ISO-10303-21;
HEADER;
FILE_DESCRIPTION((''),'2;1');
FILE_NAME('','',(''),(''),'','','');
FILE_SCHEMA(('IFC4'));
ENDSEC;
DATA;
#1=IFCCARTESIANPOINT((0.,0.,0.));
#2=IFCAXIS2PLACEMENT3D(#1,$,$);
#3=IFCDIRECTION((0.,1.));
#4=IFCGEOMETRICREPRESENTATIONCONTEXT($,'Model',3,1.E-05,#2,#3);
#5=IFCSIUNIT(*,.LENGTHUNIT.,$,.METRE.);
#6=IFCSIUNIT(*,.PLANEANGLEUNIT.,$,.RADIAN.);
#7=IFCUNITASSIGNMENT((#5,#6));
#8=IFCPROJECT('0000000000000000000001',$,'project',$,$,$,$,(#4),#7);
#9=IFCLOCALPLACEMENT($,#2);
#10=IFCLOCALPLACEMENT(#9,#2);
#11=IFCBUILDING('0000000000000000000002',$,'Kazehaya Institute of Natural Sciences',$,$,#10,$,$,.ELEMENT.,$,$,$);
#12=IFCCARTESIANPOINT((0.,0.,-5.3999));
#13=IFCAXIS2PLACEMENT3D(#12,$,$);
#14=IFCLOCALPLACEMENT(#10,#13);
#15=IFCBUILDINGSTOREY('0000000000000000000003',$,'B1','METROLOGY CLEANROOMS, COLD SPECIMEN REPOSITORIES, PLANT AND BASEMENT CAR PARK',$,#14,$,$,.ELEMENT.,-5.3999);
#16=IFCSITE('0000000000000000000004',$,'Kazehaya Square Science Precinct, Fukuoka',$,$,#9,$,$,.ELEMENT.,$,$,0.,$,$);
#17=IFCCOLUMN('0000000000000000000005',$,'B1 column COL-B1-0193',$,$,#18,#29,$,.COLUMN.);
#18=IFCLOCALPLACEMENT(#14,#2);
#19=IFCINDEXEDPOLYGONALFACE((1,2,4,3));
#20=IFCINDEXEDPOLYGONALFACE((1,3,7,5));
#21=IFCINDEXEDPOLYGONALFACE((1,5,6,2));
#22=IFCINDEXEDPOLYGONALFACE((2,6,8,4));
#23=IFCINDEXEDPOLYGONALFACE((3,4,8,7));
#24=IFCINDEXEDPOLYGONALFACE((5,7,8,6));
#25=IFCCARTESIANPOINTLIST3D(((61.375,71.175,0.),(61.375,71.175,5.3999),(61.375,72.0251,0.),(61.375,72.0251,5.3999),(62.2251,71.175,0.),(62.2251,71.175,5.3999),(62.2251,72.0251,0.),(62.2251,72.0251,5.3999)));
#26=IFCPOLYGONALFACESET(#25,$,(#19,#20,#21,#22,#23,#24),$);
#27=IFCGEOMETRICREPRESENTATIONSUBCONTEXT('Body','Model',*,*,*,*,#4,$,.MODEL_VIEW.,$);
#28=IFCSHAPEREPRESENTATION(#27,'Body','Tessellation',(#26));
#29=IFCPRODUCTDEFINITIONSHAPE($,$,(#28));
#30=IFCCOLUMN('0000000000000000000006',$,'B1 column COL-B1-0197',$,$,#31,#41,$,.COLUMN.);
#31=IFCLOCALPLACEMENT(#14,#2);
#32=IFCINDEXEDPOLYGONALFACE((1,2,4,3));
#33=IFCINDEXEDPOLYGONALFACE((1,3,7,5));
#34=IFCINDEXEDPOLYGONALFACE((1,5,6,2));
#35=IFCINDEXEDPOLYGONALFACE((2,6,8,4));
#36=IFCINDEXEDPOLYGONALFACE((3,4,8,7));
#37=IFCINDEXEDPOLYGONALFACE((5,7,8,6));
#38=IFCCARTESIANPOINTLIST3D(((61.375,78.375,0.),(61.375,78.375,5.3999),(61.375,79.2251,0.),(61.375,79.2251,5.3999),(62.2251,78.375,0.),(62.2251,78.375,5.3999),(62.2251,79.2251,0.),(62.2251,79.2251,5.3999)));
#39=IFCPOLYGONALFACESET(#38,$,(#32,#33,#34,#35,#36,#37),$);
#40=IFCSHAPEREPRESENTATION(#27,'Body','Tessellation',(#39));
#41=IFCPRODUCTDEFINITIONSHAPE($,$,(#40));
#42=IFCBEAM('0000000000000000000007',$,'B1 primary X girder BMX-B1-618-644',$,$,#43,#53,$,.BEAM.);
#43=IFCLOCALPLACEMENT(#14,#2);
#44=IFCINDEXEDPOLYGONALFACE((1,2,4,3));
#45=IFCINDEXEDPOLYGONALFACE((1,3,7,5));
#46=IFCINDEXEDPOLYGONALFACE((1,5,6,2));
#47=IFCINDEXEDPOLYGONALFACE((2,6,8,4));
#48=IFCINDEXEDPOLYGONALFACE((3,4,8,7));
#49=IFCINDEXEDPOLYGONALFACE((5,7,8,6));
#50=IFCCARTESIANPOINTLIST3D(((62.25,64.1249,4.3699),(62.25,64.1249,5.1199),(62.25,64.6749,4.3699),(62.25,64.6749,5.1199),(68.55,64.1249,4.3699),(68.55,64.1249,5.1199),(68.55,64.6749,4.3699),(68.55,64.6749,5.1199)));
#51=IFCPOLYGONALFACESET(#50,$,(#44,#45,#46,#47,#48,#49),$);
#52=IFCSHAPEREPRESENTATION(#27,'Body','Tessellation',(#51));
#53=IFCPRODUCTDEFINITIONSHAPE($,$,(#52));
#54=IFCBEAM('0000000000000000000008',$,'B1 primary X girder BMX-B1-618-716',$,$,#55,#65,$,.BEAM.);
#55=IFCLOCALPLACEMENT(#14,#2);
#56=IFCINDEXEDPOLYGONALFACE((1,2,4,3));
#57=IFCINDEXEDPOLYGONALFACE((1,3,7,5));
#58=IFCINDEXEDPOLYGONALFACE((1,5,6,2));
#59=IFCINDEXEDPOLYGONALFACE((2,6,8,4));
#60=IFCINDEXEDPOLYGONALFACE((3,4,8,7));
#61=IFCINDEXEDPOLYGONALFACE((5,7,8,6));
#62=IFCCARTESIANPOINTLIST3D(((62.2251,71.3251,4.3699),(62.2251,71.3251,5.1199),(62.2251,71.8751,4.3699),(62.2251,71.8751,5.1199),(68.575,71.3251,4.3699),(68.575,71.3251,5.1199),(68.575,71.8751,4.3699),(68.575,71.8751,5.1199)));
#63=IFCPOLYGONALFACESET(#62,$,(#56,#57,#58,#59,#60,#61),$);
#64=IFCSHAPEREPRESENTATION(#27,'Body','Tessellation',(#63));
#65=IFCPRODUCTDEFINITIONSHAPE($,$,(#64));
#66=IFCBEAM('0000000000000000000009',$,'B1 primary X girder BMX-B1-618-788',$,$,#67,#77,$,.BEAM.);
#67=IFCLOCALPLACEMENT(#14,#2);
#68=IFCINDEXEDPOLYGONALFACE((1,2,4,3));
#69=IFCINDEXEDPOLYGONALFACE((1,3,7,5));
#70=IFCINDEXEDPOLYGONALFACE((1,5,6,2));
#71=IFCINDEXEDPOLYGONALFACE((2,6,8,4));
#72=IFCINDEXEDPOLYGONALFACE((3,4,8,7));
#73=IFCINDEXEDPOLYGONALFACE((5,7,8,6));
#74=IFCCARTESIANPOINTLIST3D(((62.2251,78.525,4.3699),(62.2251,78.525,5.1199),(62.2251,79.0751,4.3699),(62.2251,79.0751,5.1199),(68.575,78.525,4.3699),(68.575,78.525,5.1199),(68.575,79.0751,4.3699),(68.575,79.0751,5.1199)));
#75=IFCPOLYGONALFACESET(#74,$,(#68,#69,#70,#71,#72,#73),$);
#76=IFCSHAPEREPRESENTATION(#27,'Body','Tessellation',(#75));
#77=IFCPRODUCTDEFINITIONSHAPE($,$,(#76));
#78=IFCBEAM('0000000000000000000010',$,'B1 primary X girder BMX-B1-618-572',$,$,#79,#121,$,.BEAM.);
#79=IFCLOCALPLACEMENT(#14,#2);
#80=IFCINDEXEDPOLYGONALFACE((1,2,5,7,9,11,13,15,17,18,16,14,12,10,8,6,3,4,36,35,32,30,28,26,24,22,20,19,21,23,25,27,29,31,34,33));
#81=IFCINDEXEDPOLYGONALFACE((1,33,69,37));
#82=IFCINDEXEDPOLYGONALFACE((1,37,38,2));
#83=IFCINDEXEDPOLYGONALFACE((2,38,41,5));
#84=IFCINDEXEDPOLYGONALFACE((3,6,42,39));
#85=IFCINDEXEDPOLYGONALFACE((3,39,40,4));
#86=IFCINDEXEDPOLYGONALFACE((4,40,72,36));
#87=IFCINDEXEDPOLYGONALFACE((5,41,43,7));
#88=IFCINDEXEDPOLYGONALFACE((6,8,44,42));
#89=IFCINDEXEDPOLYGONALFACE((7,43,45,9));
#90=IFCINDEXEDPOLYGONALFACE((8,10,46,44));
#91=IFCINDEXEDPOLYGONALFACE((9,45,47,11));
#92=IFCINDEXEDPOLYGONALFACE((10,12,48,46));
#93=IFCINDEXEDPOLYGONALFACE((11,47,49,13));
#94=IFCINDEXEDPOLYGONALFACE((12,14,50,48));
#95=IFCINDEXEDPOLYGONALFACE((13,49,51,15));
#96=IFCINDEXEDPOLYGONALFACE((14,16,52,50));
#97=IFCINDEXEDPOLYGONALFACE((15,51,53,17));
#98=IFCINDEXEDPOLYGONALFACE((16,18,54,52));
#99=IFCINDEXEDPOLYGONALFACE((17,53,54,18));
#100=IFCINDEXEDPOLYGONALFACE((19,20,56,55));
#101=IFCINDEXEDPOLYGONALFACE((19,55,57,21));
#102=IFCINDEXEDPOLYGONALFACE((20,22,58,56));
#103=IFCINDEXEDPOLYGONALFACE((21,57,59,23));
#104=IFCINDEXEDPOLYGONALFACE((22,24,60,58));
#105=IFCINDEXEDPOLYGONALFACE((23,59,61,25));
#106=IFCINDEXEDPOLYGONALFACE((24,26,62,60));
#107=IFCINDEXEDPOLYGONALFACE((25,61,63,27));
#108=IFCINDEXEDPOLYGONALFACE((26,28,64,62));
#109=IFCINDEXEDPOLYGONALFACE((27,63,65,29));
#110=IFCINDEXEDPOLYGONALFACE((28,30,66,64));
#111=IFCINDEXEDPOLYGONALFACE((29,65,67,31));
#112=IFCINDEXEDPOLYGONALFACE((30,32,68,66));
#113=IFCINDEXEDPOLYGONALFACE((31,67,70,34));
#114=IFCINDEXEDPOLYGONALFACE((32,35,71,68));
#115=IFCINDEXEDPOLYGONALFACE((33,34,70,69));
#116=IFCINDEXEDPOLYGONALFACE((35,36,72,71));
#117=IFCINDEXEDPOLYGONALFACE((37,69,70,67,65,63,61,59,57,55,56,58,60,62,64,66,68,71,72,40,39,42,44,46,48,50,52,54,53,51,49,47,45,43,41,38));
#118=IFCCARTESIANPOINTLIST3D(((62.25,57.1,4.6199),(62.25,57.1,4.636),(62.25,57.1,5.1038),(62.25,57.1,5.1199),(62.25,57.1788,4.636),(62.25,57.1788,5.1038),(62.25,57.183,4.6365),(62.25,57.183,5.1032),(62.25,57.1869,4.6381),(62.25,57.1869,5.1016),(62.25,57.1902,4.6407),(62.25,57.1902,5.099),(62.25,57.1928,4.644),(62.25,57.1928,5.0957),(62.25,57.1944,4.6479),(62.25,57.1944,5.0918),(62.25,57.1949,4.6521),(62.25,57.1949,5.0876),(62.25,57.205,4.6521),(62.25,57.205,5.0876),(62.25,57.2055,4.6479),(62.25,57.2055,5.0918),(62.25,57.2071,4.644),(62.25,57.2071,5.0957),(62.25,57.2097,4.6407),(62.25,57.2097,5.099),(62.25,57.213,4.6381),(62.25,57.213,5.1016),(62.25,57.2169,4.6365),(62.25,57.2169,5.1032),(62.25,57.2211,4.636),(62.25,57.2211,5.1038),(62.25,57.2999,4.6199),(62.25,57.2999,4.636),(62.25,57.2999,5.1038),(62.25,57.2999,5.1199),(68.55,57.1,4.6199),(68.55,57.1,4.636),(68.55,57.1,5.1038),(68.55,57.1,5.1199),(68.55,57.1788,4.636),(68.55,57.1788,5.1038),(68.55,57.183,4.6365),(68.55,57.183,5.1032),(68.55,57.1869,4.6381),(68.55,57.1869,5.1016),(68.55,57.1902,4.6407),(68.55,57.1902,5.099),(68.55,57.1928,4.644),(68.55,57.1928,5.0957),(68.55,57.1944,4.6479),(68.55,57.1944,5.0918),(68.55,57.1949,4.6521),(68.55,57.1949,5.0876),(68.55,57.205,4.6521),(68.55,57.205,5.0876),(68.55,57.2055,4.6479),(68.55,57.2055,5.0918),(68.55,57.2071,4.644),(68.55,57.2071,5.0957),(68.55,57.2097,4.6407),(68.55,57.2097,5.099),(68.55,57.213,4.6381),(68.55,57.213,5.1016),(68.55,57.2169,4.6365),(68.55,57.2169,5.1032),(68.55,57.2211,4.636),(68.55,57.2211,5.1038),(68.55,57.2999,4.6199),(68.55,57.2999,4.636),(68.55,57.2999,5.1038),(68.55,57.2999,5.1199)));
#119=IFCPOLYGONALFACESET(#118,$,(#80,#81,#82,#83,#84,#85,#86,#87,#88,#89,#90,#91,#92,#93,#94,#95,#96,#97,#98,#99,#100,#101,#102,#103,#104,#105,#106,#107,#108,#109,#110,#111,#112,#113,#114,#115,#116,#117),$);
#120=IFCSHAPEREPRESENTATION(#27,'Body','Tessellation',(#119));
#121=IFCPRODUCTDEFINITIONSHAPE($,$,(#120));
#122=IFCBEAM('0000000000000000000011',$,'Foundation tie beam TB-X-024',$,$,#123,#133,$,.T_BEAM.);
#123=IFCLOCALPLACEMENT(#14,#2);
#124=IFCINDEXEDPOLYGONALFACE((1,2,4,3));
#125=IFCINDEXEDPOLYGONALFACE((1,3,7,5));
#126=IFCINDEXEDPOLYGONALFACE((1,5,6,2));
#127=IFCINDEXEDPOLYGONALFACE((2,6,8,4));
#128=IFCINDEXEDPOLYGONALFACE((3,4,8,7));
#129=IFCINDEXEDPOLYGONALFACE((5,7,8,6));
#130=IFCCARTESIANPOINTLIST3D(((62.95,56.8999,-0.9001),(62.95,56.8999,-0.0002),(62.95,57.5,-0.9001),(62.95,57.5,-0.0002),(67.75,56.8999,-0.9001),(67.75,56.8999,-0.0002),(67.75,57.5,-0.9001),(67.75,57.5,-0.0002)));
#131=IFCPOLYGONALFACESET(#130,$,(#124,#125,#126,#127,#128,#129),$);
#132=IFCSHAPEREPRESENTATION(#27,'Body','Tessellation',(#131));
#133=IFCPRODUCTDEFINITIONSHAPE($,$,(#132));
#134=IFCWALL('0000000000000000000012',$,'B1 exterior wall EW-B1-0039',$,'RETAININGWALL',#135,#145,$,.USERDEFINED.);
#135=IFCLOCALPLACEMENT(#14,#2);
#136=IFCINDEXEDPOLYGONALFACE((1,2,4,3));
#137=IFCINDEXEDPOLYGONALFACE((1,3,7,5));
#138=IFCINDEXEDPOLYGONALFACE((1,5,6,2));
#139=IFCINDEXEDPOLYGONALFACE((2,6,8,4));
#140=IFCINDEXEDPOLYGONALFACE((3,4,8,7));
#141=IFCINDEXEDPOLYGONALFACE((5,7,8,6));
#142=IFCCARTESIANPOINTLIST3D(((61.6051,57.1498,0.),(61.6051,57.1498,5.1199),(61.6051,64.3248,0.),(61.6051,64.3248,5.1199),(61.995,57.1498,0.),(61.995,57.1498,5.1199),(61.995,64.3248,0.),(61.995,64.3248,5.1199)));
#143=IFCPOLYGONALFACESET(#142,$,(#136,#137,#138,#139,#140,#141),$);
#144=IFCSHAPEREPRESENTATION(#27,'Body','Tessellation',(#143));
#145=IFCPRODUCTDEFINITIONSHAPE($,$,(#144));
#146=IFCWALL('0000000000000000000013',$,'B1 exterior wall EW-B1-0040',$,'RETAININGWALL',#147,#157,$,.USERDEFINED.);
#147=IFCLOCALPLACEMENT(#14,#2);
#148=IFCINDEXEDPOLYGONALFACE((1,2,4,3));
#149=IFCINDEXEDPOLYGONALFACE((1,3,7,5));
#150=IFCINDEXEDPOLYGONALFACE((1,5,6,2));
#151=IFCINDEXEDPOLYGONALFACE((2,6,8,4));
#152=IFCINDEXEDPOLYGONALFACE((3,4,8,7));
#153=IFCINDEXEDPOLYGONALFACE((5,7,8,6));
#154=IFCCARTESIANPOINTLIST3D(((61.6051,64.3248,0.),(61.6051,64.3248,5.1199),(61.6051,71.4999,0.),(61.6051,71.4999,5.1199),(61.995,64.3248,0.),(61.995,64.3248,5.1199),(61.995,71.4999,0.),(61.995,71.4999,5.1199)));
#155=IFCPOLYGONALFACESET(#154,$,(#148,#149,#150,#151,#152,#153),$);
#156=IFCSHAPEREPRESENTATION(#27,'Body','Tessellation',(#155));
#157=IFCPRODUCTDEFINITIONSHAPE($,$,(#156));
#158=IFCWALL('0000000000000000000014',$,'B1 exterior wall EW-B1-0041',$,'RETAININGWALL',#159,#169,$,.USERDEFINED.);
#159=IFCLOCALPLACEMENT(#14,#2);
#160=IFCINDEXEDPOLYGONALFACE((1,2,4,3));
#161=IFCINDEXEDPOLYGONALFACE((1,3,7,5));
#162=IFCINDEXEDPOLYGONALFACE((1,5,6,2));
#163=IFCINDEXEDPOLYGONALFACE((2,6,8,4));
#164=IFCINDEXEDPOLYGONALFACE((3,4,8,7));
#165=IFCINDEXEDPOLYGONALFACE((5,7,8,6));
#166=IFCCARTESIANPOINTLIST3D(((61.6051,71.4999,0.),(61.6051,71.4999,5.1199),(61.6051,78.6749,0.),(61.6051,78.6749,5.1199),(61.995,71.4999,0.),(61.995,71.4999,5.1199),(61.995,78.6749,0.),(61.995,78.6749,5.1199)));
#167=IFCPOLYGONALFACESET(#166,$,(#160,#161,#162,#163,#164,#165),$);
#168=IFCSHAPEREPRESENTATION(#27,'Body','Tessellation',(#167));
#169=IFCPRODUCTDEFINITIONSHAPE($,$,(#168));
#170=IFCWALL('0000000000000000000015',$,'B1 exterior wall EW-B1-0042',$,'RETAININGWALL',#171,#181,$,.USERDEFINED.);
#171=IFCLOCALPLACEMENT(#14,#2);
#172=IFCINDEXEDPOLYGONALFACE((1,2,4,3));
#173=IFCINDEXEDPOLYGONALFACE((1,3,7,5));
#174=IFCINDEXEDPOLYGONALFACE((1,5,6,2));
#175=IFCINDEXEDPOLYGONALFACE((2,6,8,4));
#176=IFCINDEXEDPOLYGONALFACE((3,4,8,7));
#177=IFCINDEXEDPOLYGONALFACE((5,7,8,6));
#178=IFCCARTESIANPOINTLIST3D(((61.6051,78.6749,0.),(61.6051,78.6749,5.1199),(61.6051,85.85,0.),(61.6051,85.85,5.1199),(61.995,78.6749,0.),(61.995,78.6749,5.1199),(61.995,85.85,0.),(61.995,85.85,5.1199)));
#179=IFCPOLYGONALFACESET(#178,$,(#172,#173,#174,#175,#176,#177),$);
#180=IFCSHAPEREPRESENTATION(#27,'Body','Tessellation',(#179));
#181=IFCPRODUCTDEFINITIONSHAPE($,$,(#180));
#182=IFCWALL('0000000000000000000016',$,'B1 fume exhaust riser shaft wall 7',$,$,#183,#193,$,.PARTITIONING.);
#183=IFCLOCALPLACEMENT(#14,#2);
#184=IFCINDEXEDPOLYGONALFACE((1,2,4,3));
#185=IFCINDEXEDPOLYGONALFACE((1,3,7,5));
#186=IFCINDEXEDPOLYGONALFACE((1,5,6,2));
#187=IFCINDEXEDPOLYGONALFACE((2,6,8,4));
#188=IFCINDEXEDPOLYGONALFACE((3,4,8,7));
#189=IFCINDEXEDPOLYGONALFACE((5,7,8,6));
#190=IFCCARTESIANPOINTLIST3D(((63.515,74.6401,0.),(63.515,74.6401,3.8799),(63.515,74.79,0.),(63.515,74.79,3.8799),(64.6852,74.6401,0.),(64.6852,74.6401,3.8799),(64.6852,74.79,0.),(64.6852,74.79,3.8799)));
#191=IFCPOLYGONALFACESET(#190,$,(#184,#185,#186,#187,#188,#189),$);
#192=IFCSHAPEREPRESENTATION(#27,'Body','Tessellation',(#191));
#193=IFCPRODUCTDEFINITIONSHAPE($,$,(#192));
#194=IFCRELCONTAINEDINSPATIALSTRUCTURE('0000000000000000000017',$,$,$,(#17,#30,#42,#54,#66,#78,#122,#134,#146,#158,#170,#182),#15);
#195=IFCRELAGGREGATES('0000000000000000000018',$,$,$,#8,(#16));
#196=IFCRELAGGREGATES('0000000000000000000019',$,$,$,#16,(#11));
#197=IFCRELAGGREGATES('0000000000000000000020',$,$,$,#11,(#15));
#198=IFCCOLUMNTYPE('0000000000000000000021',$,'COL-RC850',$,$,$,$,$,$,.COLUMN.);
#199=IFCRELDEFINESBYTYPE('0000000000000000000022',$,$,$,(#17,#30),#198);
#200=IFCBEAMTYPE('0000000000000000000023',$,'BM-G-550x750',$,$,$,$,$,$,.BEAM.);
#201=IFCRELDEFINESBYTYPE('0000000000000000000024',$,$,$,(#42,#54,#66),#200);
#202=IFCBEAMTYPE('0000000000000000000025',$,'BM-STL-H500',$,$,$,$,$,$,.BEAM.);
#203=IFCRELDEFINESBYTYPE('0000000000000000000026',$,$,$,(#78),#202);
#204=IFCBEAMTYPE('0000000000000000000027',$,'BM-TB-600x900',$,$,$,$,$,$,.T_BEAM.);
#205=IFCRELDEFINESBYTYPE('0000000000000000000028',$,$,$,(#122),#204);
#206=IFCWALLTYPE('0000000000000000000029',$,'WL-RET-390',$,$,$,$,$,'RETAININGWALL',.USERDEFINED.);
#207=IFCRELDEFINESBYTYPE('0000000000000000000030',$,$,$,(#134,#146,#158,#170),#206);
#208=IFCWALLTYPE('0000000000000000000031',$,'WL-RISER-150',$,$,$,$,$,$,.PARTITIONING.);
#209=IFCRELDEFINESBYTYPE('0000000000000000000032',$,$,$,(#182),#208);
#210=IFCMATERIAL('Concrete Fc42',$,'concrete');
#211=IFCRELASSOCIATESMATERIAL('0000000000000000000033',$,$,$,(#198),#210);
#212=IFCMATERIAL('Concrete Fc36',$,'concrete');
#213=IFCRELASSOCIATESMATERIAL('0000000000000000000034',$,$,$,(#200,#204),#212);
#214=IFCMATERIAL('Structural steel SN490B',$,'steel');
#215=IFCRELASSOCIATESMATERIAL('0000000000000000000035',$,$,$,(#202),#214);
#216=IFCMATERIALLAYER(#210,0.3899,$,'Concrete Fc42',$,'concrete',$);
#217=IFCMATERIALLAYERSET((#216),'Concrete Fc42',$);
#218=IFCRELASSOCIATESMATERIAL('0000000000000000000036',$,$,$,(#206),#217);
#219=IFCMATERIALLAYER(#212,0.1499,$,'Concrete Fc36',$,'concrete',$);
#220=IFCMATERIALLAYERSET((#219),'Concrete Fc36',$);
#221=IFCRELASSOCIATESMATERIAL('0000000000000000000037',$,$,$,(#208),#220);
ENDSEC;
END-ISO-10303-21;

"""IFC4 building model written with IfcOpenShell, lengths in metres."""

from ifc_helpers import new_model, si_unit, direction, frame, frame_2d, origin, origin_2d, place, context, subcontext, project, spatial, rectangle, i_section, extrude, material, layer, layer_set, material_profile, profile_set, type_object, element, save


model = new_model("IFC4")

# Units and contexts
model_context = context("Model", 3, precision=1e-05, world=origin(), true_north=direction((0.0, 1.0)))
body_context = subcontext(model_context, "Body", "Model", "MODEL_VIEW")
ifc_project = project(units=[si_unit("LENGTHUNIT", "METRE"), si_unit("PLANEANGLEUNIT", "RADIAN")], contexts=[model_context])

# Site, building, storey
site_placement = place(None, origin())
site = spatial("IfcSite", under=ifc_project, at=site_placement, Name="Kazehaya Square Science Precinct, Fukuoka", CompositionType="ELEMENT", RefElevation=0.0)
building_placement = place(site_placement, origin())
building = spatial("IfcBuilding", under=site, at=building_placement, Name="Kazehaya Institute of Natural Sciences", CompositionType="ELEMENT")
storey_placement = place(building_placement, frame((0.0, 0.0, -5.3999)))
storey = spatial("IfcBuildingStorey", under=building, at=storey_placement, Name="B1", Description="METROLOGY CLEANROOMS, COLD SPECIMEN REPOSITORIES, PLANT AND BASEMENT CAR PARK", CompositionType="ELEMENT", Elevation=-5.3999)

# Shared definitions
ifc_material_1 = material(Name="Concrete Fc36", Category="concrete")

# Columns
ifc_material_2 = material(Name="Concrete Fc42", Category="concrete")
ifc_material_profile_1 = material_profile(ifc_material_2, rectangle(XDim=0.8501, YDim=0.8501, at=origin_2d()), Name="RC-850x850")
ifc_profile_set_1 = profile_set([ifc_material_profile_1], Name="Concrete Fc42")
column_type_1 = type_object("IfcColumnType", Name="COL-RC850", PredefinedType="COLUMN", material=ifc_profile_set_1)
for number, where, z_axis, x_axis, name in (
    (1, (61.8, 71.6001, 0.0), (0.0, 0.0, 1.0), (1.0, 0.0, 0.0), "B1 column COL-B1-0193"),
    (2, (61.8, 78.8, 0.0), (0.0, 0.0, 1.0), (1.0, 0.0, 0.0), "B1 column COL-B1-0197"),
):
    element("IfcColumn", number, at=place(storey_placement, frame(where, z_axis=z_axis, x_axis=x_axis)), inside=storey, type_object=column_type_1, Name=name, PredefinedType="COLUMN", context=body_context, shape_type="SweptSolid", body=[
        extrude(rectangle(XDim=0.8501, YDim=0.8501, at=origin_2d()), origin(), (0.0, 0.0, 1.0), 5.3999),
    ])

# Beams
ifc_material_profile_2 = material_profile(ifc_material_1, rectangle(XDim=0.55, YDim=0.75, at=origin_2d()), Name="RC-550x750")
ifc_profile_set_2 = profile_set([ifc_material_profile_2], Name="Concrete Fc36")
beam_type_1 = type_object("IfcBeamType", Name="BM-G-550x750", PredefinedType="BEAM", material=ifc_profile_set_2)
beam_1_placement = place(storey_placement, frame((62.25, 64.3999, 4.7449), z_axis=(1.0, 0.0, 0.0), x_axis=(0.0, 1.0, 0.0)))
element("IfcBeam", 3, at=beam_1_placement, inside=storey, type_object=beam_type_1, Name="B1 primary X girder BMX-B1-618-644", PredefinedType="BEAM", context=body_context, shape_type="SweptSolid", body=[
    extrude(rectangle(XDim=0.55, YDim=0.75, at=origin_2d()), origin(), (0.0, 0.0, 1.0), 6.3),
])
for number, where, z_axis, x_axis, name in (
    (4, (62.2251, 71.6001, 4.7449), (1.0, 0.0, 0.0), (0.0, 1.0, 0.0), "B1 primary X girder BMX-B1-618-716"),
    (5, (62.2251, 78.8, 4.7449), (1.0, 0.0, 0.0), (0.0, 1.0, 0.0), "B1 primary X girder BMX-B1-618-788"),
):
    element("IfcBeam", number, at=place(storey_placement, frame(where, z_axis=z_axis, x_axis=x_axis)), inside=storey, type_object=beam_type_1, Name=name, PredefinedType="BEAM", context=body_context, shape_type="SweptSolid", body=[
        extrude(rectangle(XDim=0.55, YDim=0.75, at=origin_2d()), origin(), (0.0, 0.0, 1.0), 6.3499),
    ])
ifc_material_3 = material(Name="Structural steel SN490B", Category="steel")
ifc_material_profile_3 = material_profile(ifc_material_3, i_section(OverallWidth=0.2, OverallDepth=0.5, WebThickness=0.01, FlangeThickness=0.0161, FilletRadius=0.0161, at=origin_2d()), Name="H-500x200x10x16")
ifc_profile_set_3 = profile_set([ifc_material_profile_3], Name="Structural steel SN490B")
beam_type_2 = type_object("IfcBeamType", Name="BM-STL-H500", PredefinedType="BEAM", material=ifc_profile_set_3)
beam_2_placement = place(storey_placement, frame((62.25, 57.2, 4.8699), z_axis=(1.0, 0.0, 0.0), x_axis=(0.0, 1.0, 0.0)))
element("IfcBeam", 6, at=beam_2_placement, inside=storey, type_object=beam_type_2, Name="B1 primary X girder BMX-B1-618-572", PredefinedType="BEAM", context=body_context, shape_type="SweptSolid", body=[
    extrude(i_section(OverallWidth=0.2, OverallDepth=0.5, WebThickness=0.01, FlangeThickness=0.0161, FilletRadius=0.0161, at=origin_2d()), origin(), (0.0, 0.0, 1.0), 6.3),
])
ifc_material_profile_4 = material_profile(ifc_material_1, rectangle(XDim=0.6001, YDim=0.8999, at=origin_2d()), Name="RC-600x900")
ifc_profile_set_4 = profile_set([ifc_material_profile_4], Name="Concrete Fc36")
beam_type_3 = type_object("IfcBeamType", Name="BM-TB-600x900", PredefinedType="T_BEAM", material=ifc_profile_set_4)
beam_3_placement = place(storey_placement, frame((62.95, 57.2, -0.4502), z_axis=(1.0, 0.0, 0.0), x_axis=(0.0, 1.0, 0.0)))
element("IfcBeam", 7, at=beam_3_placement, inside=storey, type_object=beam_type_3, Name="Foundation tie beam TB-X-024", PredefinedType="T_BEAM", context=body_context, shape_type="SweptSolid", body=[
    extrude(rectangle(XDim=0.6001, YDim=0.8999, at=origin_2d()), origin(), (0.0, 0.0, 1.0), 4.8),
])

# Walls
ifc_layer_1 = layer(ifc_material_2, 0.3899, Name="Concrete Fc42", Category="concrete")
ifc_layer_set_1 = layer_set([ifc_layer_1], Name="Concrete Fc42")
wall_type_1 = type_object("IfcWallType", Name="WL-RET-390", ElementType="RETAININGWALL", PredefinedType="USERDEFINED", material=ifc_layer_set_1)
for number, where, z_axis, x_axis, name in (
    (8, (61.8, 57.1499, 0.0), (0.0, 0.0, 1.0), (0.0, 1.0, 0.0), "B1 exterior wall EW-B1-0039"),
    (9, (61.8, 64.325, 0.0), (0.0, 0.0, 1.0), (0.0, 1.0, 0.0), "B1 exterior wall EW-B1-0040"),
    (10, (61.8, 71.5, 0.0), (0.0, 0.0, 1.0), (0.0, 1.0, 0.0), "B1 exterior wall EW-B1-0041"),
    (11, (61.8, 78.675, 0.0), (0.0, 0.0, 1.0), (0.0, 1.0, 0.0), "B1 exterior wall EW-B1-0042"),
):
    element("IfcWall", number, at=place(storey_placement, frame(where, z_axis=z_axis, x_axis=x_axis)), inside=storey, type_object=wall_type_1, Name=name, ObjectType="RETAININGWALL", PredefinedType="USERDEFINED", context=body_context, shape_type="SweptSolid", body=[
        extrude(rectangle(XDim=7.175, YDim=0.3899, at=frame_2d((3.5874, 0.0))), origin(), (0.0, 0.0, 1.0), 5.1199),
    ])
ifc_layer_2 = layer(ifc_material_1, 0.1499, Name="Concrete Fc36", Category="concrete")
ifc_layer_set_2 = layer_set([ifc_layer_2], Name="Concrete Fc36")
wall_type_2 = type_object("IfcWallType", Name="WL-RISER-150", PredefinedType="PARTITIONING", material=ifc_layer_set_2)
for number, where, z_axis, x_axis, name in (
    (12, (64.6851, 74.7151, 0.0), (0.0, 0.0, 1.0), (-1.0, 0.0, 0.0), "B1 fume exhaust riser shaft wall 7"),
):
    element("IfcWall", number, at=place(storey_placement, frame(where, z_axis=z_axis, x_axis=x_axis)), inside=storey, type_object=wall_type_2, Name=name, PredefinedType="PARTITIONING", context=body_context, shape_type="SweptSolid", body=[
        extrude(rectangle(XDim=1.1702, YDim=0.1499, at=frame_2d((0.585, 0.0))), origin(), (0.0, 0.0, 1.0), 3.8799),
    ])

save(model, "model.ifc")
